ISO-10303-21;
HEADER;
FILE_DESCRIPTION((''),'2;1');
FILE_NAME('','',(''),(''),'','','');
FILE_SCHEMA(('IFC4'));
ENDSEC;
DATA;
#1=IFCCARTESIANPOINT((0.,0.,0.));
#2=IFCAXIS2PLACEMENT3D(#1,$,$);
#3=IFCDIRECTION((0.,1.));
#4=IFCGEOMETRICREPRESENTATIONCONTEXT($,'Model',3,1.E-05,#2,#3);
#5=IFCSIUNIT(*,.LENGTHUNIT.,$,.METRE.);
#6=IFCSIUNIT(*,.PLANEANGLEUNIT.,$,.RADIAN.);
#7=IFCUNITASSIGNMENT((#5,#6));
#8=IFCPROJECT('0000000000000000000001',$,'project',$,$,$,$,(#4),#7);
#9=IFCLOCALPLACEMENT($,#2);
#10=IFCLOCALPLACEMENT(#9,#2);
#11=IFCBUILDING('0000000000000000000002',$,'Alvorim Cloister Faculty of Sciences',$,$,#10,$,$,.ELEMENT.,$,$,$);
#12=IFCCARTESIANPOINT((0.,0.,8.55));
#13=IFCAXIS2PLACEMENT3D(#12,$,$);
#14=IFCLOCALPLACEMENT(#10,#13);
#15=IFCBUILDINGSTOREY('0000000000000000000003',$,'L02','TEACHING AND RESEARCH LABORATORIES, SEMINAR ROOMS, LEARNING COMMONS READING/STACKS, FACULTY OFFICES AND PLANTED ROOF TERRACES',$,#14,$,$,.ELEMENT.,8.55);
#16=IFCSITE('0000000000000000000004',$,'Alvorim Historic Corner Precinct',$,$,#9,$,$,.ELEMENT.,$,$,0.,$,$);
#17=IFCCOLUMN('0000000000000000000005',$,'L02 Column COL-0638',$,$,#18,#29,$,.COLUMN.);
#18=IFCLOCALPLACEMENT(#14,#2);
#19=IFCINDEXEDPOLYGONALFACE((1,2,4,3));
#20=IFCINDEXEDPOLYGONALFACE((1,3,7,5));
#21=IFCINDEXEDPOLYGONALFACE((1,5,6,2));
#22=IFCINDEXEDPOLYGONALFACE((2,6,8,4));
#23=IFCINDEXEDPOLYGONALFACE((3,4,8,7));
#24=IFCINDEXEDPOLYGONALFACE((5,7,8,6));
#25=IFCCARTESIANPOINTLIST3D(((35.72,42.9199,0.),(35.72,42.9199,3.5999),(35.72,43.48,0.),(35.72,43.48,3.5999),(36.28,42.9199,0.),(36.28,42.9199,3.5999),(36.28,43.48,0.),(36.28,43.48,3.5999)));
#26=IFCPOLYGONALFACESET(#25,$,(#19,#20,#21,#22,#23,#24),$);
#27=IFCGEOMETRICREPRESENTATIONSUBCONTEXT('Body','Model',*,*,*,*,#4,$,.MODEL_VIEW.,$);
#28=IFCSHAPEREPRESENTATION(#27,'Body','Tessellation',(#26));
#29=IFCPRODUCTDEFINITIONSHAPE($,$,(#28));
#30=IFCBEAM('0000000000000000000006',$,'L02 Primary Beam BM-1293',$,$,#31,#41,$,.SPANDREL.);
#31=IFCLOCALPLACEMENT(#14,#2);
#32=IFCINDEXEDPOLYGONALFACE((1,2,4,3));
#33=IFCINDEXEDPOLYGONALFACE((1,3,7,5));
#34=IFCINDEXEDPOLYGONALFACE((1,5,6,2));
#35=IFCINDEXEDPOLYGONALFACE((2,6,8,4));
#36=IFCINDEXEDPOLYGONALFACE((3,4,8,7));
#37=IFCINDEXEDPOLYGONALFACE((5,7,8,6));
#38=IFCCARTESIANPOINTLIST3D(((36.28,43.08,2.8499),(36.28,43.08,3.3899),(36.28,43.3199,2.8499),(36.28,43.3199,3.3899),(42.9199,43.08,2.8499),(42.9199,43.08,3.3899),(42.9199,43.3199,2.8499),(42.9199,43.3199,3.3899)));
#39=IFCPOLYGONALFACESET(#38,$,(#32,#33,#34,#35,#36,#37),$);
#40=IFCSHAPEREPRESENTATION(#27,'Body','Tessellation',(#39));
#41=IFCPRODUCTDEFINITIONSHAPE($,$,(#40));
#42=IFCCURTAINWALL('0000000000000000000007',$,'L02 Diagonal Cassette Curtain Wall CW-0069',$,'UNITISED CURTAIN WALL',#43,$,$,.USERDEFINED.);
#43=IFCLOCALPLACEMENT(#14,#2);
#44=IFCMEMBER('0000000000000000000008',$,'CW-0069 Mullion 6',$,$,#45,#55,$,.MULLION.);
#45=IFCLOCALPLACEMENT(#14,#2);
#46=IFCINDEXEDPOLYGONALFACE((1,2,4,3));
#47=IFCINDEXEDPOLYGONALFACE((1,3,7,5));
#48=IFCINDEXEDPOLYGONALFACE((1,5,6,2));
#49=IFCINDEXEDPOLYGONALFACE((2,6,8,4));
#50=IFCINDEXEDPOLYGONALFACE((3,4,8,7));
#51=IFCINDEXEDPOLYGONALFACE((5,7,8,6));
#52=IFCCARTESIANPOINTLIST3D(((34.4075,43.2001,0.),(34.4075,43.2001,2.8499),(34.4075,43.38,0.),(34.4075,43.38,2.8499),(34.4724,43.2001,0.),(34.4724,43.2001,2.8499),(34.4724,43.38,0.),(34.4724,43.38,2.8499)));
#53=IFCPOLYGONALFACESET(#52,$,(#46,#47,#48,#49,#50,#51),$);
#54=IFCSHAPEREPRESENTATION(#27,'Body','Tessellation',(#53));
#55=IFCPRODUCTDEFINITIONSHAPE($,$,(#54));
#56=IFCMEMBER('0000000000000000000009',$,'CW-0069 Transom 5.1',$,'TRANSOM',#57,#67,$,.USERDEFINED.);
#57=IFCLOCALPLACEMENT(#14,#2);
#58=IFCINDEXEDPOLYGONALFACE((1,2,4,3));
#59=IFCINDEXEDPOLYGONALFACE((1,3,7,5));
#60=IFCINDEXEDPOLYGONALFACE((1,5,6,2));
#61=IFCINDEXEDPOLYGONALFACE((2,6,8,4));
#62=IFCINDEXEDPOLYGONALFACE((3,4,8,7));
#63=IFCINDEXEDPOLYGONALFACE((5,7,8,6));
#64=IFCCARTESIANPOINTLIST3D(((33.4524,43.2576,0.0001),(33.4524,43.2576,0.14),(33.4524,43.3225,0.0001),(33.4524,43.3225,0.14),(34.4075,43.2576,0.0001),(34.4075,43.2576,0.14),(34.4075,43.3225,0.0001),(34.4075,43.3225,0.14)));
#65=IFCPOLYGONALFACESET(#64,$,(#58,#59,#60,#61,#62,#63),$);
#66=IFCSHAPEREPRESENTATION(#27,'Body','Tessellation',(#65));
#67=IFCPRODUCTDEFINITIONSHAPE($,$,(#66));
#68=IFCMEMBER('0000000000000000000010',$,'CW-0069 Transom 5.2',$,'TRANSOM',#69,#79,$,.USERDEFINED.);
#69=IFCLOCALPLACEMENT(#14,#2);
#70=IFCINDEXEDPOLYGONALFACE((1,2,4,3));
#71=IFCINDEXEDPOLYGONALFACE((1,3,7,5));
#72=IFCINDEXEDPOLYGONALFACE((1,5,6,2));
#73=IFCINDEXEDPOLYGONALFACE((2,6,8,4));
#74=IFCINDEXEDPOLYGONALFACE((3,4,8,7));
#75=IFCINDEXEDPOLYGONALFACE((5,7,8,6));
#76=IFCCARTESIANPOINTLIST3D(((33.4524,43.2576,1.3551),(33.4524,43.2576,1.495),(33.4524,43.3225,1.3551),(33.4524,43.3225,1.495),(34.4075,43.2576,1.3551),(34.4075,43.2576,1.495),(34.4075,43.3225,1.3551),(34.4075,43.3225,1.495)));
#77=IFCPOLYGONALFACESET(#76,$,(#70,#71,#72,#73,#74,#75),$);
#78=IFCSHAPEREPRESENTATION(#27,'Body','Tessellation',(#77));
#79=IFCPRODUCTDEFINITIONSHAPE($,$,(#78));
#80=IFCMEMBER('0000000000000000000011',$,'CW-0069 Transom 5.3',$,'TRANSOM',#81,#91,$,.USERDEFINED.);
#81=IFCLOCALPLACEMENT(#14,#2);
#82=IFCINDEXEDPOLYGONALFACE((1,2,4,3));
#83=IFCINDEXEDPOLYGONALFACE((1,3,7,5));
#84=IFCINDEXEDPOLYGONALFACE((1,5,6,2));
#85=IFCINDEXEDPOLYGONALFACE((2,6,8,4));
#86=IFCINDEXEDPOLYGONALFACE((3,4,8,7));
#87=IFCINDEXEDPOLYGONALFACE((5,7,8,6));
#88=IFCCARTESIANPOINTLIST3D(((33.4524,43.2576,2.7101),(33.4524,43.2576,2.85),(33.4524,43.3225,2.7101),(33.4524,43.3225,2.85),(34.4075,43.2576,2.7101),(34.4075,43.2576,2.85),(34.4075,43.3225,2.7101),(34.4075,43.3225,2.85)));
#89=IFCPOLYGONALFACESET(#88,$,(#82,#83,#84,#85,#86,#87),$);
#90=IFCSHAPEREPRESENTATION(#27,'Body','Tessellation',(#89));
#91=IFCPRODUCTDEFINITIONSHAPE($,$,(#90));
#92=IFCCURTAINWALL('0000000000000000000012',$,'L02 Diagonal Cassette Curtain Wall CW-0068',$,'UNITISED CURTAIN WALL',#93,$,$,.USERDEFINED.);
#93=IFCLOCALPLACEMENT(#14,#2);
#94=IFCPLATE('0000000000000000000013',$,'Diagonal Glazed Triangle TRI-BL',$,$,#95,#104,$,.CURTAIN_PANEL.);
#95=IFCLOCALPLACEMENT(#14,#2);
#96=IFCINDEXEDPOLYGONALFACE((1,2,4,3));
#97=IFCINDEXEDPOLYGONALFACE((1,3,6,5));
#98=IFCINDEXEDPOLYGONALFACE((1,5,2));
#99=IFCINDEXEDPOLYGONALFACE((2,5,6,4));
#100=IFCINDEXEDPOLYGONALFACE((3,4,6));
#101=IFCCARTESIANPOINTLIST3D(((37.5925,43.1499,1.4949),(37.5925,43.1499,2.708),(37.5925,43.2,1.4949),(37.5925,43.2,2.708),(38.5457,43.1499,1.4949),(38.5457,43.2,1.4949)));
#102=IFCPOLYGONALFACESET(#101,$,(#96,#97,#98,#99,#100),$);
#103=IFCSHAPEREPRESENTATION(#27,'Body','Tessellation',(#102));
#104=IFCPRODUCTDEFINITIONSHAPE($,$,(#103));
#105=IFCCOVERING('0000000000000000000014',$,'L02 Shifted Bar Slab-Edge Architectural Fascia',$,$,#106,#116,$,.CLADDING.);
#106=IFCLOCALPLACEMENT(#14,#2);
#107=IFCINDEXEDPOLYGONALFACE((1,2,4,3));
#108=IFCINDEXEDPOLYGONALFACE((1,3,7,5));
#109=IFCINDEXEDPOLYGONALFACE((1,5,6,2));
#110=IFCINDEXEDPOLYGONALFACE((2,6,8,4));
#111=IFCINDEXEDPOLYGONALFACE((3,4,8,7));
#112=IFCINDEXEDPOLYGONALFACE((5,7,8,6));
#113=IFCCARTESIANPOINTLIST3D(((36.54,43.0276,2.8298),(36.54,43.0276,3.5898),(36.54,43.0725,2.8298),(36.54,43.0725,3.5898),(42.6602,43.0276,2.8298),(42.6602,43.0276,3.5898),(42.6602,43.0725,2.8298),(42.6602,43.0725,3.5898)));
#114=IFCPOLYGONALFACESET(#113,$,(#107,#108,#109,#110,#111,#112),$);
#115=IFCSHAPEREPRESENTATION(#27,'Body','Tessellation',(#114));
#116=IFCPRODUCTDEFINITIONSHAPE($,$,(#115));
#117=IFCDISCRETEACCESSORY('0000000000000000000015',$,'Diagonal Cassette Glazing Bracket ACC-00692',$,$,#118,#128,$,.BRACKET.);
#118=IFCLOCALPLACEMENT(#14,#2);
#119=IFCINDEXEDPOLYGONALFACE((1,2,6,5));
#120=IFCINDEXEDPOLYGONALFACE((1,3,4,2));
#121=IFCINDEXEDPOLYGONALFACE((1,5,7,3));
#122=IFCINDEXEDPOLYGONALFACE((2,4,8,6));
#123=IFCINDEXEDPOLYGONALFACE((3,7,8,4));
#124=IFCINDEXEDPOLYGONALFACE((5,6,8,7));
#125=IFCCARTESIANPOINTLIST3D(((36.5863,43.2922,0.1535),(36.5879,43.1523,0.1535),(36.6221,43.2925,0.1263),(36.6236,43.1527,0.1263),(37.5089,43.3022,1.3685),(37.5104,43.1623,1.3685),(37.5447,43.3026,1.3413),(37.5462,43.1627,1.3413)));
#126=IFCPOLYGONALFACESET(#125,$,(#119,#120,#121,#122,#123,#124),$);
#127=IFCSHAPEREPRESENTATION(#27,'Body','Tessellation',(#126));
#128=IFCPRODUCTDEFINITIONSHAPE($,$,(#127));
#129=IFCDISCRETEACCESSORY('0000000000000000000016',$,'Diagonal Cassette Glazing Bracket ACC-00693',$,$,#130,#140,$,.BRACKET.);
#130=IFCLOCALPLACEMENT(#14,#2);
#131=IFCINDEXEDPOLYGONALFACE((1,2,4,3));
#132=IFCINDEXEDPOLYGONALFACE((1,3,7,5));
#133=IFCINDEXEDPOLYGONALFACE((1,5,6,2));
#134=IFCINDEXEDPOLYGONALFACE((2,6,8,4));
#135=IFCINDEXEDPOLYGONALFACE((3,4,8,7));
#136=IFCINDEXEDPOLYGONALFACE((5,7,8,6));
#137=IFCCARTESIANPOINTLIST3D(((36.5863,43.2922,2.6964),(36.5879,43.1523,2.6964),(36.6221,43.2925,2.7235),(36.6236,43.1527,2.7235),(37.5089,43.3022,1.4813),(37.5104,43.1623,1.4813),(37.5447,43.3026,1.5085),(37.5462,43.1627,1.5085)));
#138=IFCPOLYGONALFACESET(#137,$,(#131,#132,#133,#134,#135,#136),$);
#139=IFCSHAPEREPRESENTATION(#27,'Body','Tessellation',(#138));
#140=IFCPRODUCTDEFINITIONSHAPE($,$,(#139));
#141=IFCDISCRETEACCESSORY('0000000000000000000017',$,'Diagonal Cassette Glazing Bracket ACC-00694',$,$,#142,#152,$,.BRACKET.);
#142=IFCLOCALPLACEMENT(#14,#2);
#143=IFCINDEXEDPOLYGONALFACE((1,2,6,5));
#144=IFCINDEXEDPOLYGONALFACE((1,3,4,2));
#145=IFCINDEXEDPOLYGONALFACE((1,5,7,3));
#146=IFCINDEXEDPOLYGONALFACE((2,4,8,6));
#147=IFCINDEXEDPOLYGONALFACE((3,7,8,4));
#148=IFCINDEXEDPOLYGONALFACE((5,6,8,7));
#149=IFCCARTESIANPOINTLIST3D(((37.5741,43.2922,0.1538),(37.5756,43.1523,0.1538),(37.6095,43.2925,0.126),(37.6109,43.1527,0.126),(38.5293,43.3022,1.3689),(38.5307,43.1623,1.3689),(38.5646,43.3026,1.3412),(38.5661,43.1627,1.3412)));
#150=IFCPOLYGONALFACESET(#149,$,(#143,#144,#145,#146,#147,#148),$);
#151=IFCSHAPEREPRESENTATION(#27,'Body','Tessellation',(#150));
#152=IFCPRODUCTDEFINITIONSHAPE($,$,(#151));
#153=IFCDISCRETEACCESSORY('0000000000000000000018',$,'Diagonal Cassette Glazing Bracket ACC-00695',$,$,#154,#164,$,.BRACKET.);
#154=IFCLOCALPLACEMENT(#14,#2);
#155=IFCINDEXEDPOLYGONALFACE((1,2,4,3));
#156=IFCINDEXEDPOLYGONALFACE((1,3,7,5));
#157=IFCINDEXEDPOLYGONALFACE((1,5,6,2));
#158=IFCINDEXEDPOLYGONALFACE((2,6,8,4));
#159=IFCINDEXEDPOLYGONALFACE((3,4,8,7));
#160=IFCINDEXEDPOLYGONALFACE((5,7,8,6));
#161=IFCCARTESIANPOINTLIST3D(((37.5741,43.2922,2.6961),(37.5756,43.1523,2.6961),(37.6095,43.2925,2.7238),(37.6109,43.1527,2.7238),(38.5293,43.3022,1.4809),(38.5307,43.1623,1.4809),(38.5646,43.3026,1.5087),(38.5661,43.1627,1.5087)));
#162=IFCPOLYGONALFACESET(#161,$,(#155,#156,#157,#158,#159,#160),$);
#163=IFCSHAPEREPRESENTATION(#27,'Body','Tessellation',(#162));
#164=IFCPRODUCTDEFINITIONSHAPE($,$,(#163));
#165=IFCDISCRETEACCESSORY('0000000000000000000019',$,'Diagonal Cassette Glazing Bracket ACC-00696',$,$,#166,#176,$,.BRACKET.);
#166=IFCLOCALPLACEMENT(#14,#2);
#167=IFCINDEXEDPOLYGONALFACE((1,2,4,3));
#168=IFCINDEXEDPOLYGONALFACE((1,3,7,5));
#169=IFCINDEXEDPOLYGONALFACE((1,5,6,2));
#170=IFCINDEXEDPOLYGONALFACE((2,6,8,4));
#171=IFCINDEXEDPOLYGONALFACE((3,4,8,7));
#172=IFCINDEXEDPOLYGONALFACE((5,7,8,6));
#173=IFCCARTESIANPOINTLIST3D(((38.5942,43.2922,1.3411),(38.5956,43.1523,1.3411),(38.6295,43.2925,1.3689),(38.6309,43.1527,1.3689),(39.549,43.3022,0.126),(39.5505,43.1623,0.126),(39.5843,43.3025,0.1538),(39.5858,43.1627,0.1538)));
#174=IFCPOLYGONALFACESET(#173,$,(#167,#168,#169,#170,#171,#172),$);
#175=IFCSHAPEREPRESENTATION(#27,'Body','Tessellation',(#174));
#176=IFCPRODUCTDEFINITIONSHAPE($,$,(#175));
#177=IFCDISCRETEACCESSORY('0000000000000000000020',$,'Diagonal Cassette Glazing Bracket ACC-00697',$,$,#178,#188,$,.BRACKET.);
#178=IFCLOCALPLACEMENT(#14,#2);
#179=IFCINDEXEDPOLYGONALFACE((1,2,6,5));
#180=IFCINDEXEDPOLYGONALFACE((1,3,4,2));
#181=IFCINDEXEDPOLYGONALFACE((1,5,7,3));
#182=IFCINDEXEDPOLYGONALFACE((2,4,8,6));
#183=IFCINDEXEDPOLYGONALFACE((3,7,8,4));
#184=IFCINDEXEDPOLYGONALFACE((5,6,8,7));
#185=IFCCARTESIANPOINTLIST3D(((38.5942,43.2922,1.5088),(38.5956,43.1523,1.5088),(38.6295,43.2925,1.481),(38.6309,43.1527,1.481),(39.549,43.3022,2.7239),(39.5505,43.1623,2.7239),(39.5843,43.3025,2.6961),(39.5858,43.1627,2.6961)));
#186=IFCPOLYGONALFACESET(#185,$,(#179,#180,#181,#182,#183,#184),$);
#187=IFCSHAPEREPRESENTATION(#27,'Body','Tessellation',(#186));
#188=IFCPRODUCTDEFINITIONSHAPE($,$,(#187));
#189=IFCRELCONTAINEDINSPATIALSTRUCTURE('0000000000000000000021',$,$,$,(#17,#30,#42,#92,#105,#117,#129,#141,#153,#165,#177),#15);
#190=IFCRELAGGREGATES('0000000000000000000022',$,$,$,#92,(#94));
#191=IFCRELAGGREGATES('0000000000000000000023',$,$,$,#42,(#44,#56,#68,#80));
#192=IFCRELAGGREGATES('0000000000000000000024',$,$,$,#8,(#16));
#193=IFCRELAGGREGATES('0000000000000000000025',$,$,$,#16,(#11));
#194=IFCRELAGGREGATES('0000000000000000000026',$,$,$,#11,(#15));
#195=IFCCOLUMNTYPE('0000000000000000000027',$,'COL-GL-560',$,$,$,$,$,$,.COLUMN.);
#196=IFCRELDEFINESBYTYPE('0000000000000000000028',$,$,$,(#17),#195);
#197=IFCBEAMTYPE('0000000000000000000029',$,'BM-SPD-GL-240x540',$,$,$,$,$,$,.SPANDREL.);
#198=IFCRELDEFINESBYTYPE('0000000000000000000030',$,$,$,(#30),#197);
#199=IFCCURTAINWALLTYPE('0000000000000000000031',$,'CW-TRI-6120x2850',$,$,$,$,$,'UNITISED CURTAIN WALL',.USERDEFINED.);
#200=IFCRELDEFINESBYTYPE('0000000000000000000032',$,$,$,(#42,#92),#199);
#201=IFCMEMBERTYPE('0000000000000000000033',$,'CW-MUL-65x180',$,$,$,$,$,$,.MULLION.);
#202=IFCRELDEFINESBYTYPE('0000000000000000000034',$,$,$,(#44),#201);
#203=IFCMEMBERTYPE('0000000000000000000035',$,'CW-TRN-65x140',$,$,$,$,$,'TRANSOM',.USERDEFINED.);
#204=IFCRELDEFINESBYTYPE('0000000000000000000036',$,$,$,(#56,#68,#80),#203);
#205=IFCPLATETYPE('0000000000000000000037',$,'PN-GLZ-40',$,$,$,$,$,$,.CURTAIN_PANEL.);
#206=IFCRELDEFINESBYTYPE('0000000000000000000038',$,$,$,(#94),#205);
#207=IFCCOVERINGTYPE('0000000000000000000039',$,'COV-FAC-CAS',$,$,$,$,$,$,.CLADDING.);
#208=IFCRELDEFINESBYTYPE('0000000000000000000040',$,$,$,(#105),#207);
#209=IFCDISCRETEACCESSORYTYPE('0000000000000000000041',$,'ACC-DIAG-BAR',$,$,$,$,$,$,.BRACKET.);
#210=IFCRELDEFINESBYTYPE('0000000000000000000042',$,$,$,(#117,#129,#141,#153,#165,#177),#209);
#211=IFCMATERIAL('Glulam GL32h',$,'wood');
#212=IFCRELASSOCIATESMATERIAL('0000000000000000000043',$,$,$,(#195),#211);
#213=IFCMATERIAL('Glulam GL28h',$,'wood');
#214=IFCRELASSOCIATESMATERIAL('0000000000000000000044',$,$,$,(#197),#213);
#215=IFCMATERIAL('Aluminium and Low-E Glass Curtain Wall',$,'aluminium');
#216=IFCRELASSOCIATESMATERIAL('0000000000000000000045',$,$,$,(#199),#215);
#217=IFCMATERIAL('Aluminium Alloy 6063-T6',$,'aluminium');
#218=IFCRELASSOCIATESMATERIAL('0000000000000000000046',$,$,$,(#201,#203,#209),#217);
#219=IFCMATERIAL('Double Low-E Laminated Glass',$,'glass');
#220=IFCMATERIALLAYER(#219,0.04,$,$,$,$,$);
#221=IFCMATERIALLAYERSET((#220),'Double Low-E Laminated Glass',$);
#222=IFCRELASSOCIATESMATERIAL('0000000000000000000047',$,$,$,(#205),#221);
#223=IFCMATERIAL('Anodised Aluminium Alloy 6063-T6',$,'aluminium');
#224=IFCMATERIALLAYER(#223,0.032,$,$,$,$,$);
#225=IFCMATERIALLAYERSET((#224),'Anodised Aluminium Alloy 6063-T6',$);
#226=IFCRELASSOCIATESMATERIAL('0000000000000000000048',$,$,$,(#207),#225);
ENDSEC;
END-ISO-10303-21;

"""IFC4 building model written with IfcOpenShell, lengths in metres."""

from ifc_helpers import new_model, si_unit, direction, frame, origin, origin_2d, place, context, subcontext, project, spatial, polyline, rectangle, outline, extrude, material, layer, layer_set, material_profile, profile_set, type_object, element, aggregate, save


model = new_model("IFC4")

# Units and contexts
model_context = context("Model", 3, precision=1e-05, world=origin(), true_north=direction((0.0, 1.0)))
body_context = subcontext(model_context, "Body", "Model", "MODEL_VIEW")
ifc_project = project(units=[si_unit("LENGTHUNIT", "METRE"), si_unit("PLANEANGLEUNIT", "RADIAN")], contexts=[model_context])

# Site, building, storey
site_placement = place(None, origin())
site = spatial("IfcSite", under=ifc_project, at=site_placement, Name="Alvorim Historic Corner Precinct", CompositionType="ELEMENT", RefElevation=0.0)
building_placement = place(site_placement, origin())
building = spatial("IfcBuilding", under=site, at=building_placement, Name="Alvorim Cloister Faculty of Sciences", CompositionType="ELEMENT")
storey_placement = place(building_placement, frame((0.0, 0.0, 8.55)))
storey = spatial("IfcBuildingStorey", under=building, at=storey_placement, Name="L02", Description="TEACHING AND RESEARCH LABORATORIES, SEMINAR ROOMS, LEARNING COMMONS READING/STACKS, FACULTY OFFICES AND PLANTED ROOF TERRACES", CompositionType="ELEMENT", Elevation=8.55)

# Column
ifc_material_1 = material(Name="Glulam GL32h", Category="wood")
ifc_material_profile_1 = material_profile(ifc_material_1, rectangle(XDim=0.5601, YDim=0.5601, at=origin_2d()), Name="GL32-COL-560x560")
ifc_profile_set_1 = profile_set([ifc_material_profile_1], Name="Glulam GL32h")
column_type = type_object("IfcColumnType", Name="COL-GL-560", PredefinedType="COLUMN", material=ifc_profile_set_1)
column_placement = place(storey_placement, frame((36.0, 43.2, 0.0), z_axis=(0.0, 0.0, 1.0), x_axis=(1.0, 0.0, 0.0)))
element("IfcColumn", 1, at=column_placement, inside=storey, type_object=column_type, Name="L02 Column COL-0638", PredefinedType="COLUMN", context=body_context, shape_type="SweptSolid", body=[
    extrude(rectangle(XDim=0.5601, YDim=0.5601, at=origin_2d()), origin(), (0.0, 0.0, 1.0), 3.5999),
])

# Beam
ifc_material_2 = material(Name="Glulam GL28h", Category="wood")
ifc_material_profile_2 = material_profile(ifc_material_2, rectangle(XDim=0.24, YDim=0.54, at=origin_2d()), Name="GL28-SPD-240x540")
ifc_profile_set_2 = profile_set([ifc_material_profile_2], Name="Glulam GL28h")
beam_type = type_object("IfcBeamType", Name="BM-SPD-GL-240x540", PredefinedType="SPANDREL", material=ifc_profile_set_2)
beam_placement = place(storey_placement, frame((36.28, 43.2, 3.1199), z_axis=(1.0, 0.0, 0.0), x_axis=(0.0, 1.0, 0.0)))
element("IfcBeam", 2, at=beam_placement, inside=storey, type_object=beam_type, Name="L02 Primary Beam BM-1293", PredefinedType="SPANDREL", context=body_context, shape_type="SweptSolid", body=[
    extrude(rectangle(XDim=0.24, YDim=0.54, at=origin_2d()), origin(), (0.0, 0.0, 1.0), 6.6399),
])

# Curtain wall, members
ifc_material_3 = material(Name="Aluminium and Low-E Glass Curtain Wall", Category="aluminium")
curtain_wall_type = type_object("IfcCurtainWallType", Name="CW-TRI-6120x2850", ElementType="UNITISED CURTAIN WALL", PredefinedType="USERDEFINED", material=ifc_material_3)
curtain_wall_1_placement = place(storey_placement, origin())
curtain_wall_1 = element("IfcCurtainWall", 3, at=curtain_wall_1_placement, inside=storey, type_object=curtain_wall_type, Name="L02 Diagonal Cassette Curtain Wall CW-0069", ObjectType="UNITISED CURTAIN WALL", PredefinedType="USERDEFINED")
ifc_material_4 = material(Name="Aluminium Alloy 6063-T6", Category="aluminium")
ifc_material_profile_3 = material_profile(ifc_material_4, rectangle(XDim=0.0649, YDim=0.1799, at=origin_2d()), Name="ALU-MUL-65x180")
ifc_profile_set_3 = profile_set([ifc_material_profile_3], Name="Aluminium Alloy 6063-T6")
member_type_1 = type_object("IfcMemberType", Name="CW-MUL-65x180", PredefinedType="MULLION", material=ifc_profile_set_3)
member_1_placement = place(storey_placement, frame((34.4399, 43.29, 0.0), z_axis=(0.0, 0.0, 1.0), x_axis=(1.0, 0.0, 0.0)))
member_1 = element("IfcMember", 4, at=member_1_placement, type_object=member_type_1, Name="CW-0069 Mullion 6", PredefinedType="MULLION", context=body_context, shape_type="SweptSolid", body=[
    extrude(rectangle(XDim=0.0649, YDim=0.1799, at=origin_2d()), origin(), (0.0, 0.0, 1.0), 2.8499),
])
ifc_material_profile_4 = material_profile(ifc_material_4, rectangle(XDim=0.0649, YDim=0.1399, at=origin_2d()), Name="ALU-TRN-65x140")
ifc_profile_set_4 = profile_set([ifc_material_profile_4], Name="Aluminium Alloy 6063-T6")
member_type_2 = type_object("IfcMemberType", Name="CW-TRN-65x140", ElementType="TRANSOM", PredefinedType="USERDEFINED", material=ifc_profile_set_4)
member_2_placement = place(storey_placement, frame((33.4524, 43.29, 0.0701), z_axis=(1.0, 0.0, 0.0), x_axis=(0.0, 1.0, 0.0)))
member_2 = element("IfcMember", 5, at=member_2_placement, type_object=member_type_2, Name="CW-0069 Transom 5.1", ObjectType="TRANSOM", PredefinedType="USERDEFINED", context=body_context, shape_type="SweptSolid", body=[
    extrude(rectangle(XDim=0.0649, YDim=0.1399, at=origin_2d()), origin(), (0.0, 0.0, 1.0), 0.9551),
])
member_3_placement = place(storey_placement, frame((33.4524, 43.29, 1.425), z_axis=(1.0, 0.0, 0.0), x_axis=(0.0, 1.0, 0.0)))
member_3 = element("IfcMember", 6, at=member_3_placement, type_object=member_type_2, Name="CW-0069 Transom 5.2", ObjectType="TRANSOM", PredefinedType="USERDEFINED", context=body_context, shape_type="SweptSolid", body=[
    extrude(rectangle(XDim=0.0649, YDim=0.1399, at=origin_2d()), origin(), (0.0, 0.0, 1.0), 0.9551),
])
member_4_placement = place(storey_placement, frame((33.4524, 43.29, 2.78), z_axis=(1.0, 0.0, 0.0), x_axis=(0.0, 1.0, 0.0)))
member_4 = element("IfcMember", 7, at=member_4_placement, type_object=member_type_2, Name="CW-0069 Transom 5.3", ObjectType="TRANSOM", PredefinedType="USERDEFINED", context=body_context, shape_type="SweptSolid", body=[
    extrude(rectangle(XDim=0.0649, YDim=0.1399, at=origin_2d()), origin(), (0.0, 0.0, 1.0), 0.9551),
])

# Curtain wall, plate
curtain_wall_2_placement = place(storey_placement, origin())
curtain_wall_2 = element("IfcCurtainWall", 8, at=curtain_wall_2_placement, inside=storey, type_object=curtain_wall_type, Name="L02 Diagonal Cassette Curtain Wall CW-0068", ObjectType="UNITISED CURTAIN WALL", PredefinedType="USERDEFINED")
ifc_material_5 = material(Name="Double Low-E Laminated Glass", Category="glass")
ifc_layer_1 = layer(ifc_material_5, 0.04)
ifc_layer_set_1 = layer_set([ifc_layer_1], Name="Double Low-E Laminated Glass")
plate_type = type_object("IfcPlateType", Name="PN-GLZ-40", PredefinedType="CURTAIN_PANEL", material=ifc_layer_set_1)
plate_1_placement = place(storey_placement, frame((37.5925, 43.175, 1.4949), z_axis=(0.0, 0.0, 1.0), x_axis=(1.0, 0.0, 0.0)))
plate_1 = element("IfcPlate", 9, at=plate_1_placement, type_object=plate_type, Name="Diagonal Glazed Triangle TRI-BL", PredefinedType="CURTAIN_PANEL", context=body_context, shape_type="SweptSolid", body=[
    extrude(outline(polyline([(0.0, 0.0), (0.9531, 0.0), (0.0, 1.2131), (0.0, 0.0)])), frame((0.0, 0.0249, 0.0), z_axis=(0.0, -1.0, 0.0), x_axis=(1.0, 0.0, 0.0)), (0.0, 0.0, 1.0), 0.05),
])
aggregate(curtain_wall_2, [plate_1])

aggregate(curtain_wall_1, [member_1, member_2, member_3, member_4])

# Covering
ifc_material_6 = material(Name="Anodised Aluminium Alloy 6063-T6", Category="aluminium")
ifc_layer_2 = layer(ifc_material_6, 0.032)
ifc_layer_set_2 = layer_set([ifc_layer_2], Name="Anodised Aluminium Alloy 6063-T6")
covering_type = type_object("IfcCoveringType", Name="COV-FAC-CAS", PredefinedType="CLADDING", material=ifc_layer_set_2)
covering_placement = place(storey_placement, frame((36.54, 43.05, 2.8298), z_axis=(0.0, 0.0, 1.0), x_axis=(1.0, 0.0, 0.0)))
element("IfcCovering", 10, at=covering_placement, inside=storey, type_object=covering_type, Name="L02 Shifted Bar Slab-Edge Architectural Fascia", PredefinedType="CLADDING", context=body_context, shape_type="SweptSolid", body=[
    extrude(outline(polyline([(0.0, 0.0), (6.1201, 0.0), (6.1201, 0.76), (0.0, 0.76), (0.0, 0.0)])), frame((0.0, 0.0225, 0.0), z_axis=(0.0, -1.0, 0.0), x_axis=(1.0, 0.0, 0.0)), (0.0, 0.0, 1.0), 0.0449),
])

# Discrete accessories
discrete_accessory_type = type_object("IfcDiscreteAccessoryType", Name="ACC-DIAG-BAR", PredefinedType="BRACKET", material=ifc_material_4)
for number, where, z_axis, x_axis, name in (
    (11, (36.605, 43.2224, 0.1399), (0.604713, 0.006561, 0.796416), (-0.010849, 0.999941, 0.0), "Diagonal Cassette Glazing Bracket ACC-00692"),
    (12, (36.605, 43.2224, 2.71), (0.604713, 0.006561, -0.796416), (-0.010849, 0.999941, 0.0), "Diagonal Cassette Glazing Bracket ACC-00693"),
):
    element("IfcDiscreteAccessory", number, at=place(storey_placement, frame(where, z_axis=z_axis, x_axis=x_axis)), inside=storey, type_object=discrete_accessory_type, Name=name, PredefinedType="BRACKET", context=body_context, shape_type="SweptSolid", body=[
        extrude(rectangle(XDim=0.1399, YDim=0.0449, at=origin_2d()), origin(), (0.0, 0.0, 1.0), 1.5256),
    ])
for number, where, z_axis, x_axis, name in (
    (13, (37.5925, 43.2224, 0.1399), (0.617955, 0.006477, 0.786187), (-0.01048, 0.999945, 0.0), "Diagonal Cassette Glazing Bracket ACC-00694"),
    (14, (37.5925, 43.2224, 2.71), (0.617955, 0.006477, -0.786187), (-0.01048, 0.999945, 0.0), "Diagonal Cassette Glazing Bracket ACC-00695"),
):
    element("IfcDiscreteAccessory", number, at=place(storey_placement, frame(where, z_axis=z_axis, x_axis=x_axis)), inside=storey, type_object=discrete_accessory_type, Name=name, PredefinedType="BRACKET", context=body_context, shape_type="SweptSolid", body=[
        extrude(rectangle(XDim=0.1399, YDim=0.0449, at=origin_2d()), origin(), (0.0, 0.0, 1.0), 1.5457),
    ])
for number, where, z_axis, x_axis, name in (
    (15, (38.6125, 43.2224, 1.355), (0.617857, 0.006477, -0.786263), (-0.010483, 0.999945, 0.0), "Diagonal Cassette Glazing Bracket ACC-00696"),
    (16, (38.6125, 43.2224, 1.4949), (0.617857, 0.006477, 0.786263), (-0.010483, 0.999945, 0.0), "Diagonal Cassette Glazing Bracket ACC-00697"),
):
    element("IfcDiscreteAccessory", number, at=place(storey_placement, frame(where, z_axis=z_axis, x_axis=x_axis)), inside=storey, type_object=discrete_accessory_type, Name=name, PredefinedType="BRACKET", context=body_context, shape_type="SweptSolid", body=[
        extrude(rectangle(XDim=0.1399, YDim=0.0449, at=origin_2d()), origin(), (0.0, 0.0, 1.0), 1.5454),
    ])

save(model, "model.ifc")
